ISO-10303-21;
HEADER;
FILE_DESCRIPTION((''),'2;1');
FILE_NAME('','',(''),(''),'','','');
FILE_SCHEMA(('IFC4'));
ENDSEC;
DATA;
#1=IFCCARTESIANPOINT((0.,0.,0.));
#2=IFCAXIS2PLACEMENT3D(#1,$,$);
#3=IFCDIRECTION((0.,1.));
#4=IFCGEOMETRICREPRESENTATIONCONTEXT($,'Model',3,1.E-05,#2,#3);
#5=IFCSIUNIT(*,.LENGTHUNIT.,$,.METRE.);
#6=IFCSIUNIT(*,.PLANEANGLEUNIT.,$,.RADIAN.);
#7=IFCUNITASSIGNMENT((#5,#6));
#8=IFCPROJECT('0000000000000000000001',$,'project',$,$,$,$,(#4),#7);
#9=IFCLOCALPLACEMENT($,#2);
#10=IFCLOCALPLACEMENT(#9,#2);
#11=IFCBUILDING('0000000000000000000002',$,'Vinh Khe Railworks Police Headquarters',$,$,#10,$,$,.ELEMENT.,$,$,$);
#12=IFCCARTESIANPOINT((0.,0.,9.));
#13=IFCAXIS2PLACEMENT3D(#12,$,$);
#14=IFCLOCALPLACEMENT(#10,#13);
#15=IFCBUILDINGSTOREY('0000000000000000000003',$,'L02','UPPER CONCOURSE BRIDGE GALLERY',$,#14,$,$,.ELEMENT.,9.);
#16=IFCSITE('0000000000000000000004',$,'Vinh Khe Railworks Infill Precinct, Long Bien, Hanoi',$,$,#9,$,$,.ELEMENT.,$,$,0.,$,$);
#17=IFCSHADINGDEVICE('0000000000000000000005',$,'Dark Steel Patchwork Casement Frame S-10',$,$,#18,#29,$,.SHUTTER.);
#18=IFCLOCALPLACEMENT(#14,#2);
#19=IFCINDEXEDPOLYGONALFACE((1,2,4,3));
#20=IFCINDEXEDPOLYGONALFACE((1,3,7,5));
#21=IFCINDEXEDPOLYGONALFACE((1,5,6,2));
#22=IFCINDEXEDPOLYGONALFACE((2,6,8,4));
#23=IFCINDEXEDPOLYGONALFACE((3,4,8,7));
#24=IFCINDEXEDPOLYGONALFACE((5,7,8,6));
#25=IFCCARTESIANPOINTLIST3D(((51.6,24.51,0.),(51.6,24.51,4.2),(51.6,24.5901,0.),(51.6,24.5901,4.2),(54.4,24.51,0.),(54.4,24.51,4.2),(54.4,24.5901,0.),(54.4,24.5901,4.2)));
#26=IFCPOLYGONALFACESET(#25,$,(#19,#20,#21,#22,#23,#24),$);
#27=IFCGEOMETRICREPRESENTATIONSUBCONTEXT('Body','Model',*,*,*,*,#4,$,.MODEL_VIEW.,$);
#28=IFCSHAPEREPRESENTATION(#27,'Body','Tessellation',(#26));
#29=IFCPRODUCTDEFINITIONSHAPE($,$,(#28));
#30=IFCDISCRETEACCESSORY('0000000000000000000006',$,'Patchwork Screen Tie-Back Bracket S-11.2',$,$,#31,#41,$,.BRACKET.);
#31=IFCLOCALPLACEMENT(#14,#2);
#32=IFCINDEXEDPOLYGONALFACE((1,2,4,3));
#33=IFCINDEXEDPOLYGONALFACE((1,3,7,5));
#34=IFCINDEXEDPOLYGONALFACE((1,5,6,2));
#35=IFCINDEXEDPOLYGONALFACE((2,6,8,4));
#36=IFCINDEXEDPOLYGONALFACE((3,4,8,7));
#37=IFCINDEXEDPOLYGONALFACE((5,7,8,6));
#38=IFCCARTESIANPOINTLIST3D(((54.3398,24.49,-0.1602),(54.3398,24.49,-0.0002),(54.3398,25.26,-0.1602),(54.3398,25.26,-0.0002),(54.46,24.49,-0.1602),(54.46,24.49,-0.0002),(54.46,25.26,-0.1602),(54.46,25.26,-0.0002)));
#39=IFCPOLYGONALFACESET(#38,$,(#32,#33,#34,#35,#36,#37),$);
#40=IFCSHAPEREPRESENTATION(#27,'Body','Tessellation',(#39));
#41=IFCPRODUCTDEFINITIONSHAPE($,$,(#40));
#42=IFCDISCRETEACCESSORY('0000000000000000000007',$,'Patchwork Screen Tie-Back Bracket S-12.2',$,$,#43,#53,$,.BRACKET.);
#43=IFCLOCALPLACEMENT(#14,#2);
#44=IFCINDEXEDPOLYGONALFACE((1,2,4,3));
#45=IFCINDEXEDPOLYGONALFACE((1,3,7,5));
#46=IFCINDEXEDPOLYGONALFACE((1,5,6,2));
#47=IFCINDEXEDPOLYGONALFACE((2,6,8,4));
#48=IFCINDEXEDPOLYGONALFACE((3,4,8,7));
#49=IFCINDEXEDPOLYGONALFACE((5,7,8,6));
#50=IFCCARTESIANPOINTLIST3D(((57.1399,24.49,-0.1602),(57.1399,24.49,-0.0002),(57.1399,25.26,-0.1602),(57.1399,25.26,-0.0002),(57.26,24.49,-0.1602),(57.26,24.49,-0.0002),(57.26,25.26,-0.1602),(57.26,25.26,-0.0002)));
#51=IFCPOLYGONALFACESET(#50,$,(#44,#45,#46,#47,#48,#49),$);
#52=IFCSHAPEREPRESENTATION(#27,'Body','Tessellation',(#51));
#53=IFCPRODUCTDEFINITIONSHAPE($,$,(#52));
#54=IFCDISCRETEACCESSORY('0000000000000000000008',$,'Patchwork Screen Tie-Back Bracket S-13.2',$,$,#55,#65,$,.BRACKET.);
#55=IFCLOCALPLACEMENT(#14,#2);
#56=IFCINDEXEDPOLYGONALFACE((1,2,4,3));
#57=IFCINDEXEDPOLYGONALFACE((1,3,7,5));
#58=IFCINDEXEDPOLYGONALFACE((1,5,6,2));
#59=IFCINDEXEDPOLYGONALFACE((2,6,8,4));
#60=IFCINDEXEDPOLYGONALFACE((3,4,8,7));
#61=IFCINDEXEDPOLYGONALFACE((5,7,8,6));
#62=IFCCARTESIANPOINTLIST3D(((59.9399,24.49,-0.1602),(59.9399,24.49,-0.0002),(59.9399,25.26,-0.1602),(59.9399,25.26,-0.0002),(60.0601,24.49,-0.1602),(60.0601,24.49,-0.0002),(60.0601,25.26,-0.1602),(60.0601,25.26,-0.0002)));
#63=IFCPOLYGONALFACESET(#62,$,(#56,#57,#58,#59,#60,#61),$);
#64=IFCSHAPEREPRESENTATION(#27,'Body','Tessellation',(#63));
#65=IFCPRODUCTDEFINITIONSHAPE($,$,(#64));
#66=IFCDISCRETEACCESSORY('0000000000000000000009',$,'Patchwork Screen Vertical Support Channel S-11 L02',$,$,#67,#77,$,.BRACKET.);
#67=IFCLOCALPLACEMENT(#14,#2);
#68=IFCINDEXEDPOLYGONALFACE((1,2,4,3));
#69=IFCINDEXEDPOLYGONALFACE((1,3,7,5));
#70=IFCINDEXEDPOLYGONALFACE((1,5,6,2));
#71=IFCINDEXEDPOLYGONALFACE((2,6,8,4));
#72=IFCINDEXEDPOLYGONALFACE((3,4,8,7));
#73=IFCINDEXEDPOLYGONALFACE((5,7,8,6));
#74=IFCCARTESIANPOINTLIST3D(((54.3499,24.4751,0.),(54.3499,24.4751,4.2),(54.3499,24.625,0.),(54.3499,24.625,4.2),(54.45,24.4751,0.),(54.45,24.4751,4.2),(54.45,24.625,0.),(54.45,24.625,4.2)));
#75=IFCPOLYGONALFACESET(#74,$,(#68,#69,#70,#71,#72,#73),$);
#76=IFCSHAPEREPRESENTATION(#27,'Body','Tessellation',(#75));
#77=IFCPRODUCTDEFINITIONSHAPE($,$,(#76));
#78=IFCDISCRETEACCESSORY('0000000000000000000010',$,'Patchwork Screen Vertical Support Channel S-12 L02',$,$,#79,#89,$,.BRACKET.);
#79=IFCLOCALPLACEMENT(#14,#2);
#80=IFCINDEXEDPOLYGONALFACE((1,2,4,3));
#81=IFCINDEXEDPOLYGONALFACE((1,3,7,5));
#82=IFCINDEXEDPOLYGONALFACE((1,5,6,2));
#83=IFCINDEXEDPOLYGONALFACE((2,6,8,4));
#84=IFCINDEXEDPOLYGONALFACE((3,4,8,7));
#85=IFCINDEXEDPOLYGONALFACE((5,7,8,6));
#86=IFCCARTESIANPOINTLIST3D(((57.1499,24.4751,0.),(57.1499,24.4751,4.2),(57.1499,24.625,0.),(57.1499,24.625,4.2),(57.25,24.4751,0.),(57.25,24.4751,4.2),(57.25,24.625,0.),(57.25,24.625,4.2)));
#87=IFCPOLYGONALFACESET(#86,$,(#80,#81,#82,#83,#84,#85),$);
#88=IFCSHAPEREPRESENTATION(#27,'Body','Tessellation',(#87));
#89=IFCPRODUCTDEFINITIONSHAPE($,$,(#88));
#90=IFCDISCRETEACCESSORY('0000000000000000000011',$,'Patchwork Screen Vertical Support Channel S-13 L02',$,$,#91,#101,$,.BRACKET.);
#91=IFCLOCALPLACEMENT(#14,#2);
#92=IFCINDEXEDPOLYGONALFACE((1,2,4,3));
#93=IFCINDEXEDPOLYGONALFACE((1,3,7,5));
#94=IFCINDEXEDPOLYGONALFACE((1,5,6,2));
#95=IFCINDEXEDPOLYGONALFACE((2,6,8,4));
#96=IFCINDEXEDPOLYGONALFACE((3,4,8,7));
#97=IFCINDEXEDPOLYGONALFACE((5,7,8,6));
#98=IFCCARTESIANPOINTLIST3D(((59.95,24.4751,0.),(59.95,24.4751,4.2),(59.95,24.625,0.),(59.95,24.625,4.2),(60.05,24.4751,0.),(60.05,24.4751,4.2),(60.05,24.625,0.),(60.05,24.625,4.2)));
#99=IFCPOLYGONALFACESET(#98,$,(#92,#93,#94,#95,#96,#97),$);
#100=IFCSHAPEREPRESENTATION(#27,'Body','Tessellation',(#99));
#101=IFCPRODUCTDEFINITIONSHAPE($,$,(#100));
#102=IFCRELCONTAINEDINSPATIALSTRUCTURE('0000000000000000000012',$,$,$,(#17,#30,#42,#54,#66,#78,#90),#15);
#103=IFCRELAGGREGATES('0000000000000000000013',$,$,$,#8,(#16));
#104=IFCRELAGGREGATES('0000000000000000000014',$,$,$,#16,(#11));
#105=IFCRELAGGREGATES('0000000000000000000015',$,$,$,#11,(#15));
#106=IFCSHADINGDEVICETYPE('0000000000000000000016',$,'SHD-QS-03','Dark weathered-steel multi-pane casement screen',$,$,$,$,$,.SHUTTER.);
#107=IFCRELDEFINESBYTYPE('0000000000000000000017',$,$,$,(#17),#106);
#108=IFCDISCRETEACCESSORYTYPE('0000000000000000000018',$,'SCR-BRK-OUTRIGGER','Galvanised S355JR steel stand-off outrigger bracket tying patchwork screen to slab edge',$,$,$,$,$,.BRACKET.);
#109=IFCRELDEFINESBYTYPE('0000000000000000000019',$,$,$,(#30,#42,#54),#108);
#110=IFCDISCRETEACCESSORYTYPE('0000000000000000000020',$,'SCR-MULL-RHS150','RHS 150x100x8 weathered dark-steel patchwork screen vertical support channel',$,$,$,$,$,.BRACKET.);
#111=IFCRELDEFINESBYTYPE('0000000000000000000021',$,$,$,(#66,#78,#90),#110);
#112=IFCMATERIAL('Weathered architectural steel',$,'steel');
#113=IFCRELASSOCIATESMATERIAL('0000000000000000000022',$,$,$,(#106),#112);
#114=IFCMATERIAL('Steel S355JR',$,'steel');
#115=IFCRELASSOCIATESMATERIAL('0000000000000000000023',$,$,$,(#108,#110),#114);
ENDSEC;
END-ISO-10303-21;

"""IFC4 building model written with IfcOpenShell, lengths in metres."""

from ifc_helpers import new_model, si_unit, direction, frame, origin, origin_2d, place, context, subcontext, project, spatial, rectangle, extrude, material, type_object, element, save


model = new_model("IFC4")

# Units and contexts
model_context = context("Model", 3, precision=1e-05, world=origin(), true_north=direction((0.0, 1.0)))
body_context = subcontext(model_context, "Body", "Model", "MODEL_VIEW")
ifc_project = project(units=[si_unit("LENGTHUNIT", "METRE"), si_unit("PLANEANGLEUNIT", "RADIAN")], contexts=[model_context])

# Site, building, storey
site_placement = place(None, origin())
site = spatial("IfcSite", under=ifc_project, at=site_placement, Name="Vinh Khe Railworks Infill Precinct, Long Bien, Hanoi", CompositionType="ELEMENT", RefElevation=0.0)
building_placement = place(site_placement, origin())
building = spatial("IfcBuilding", under=site, at=building_placement, Name="Vinh Khe Railworks Police Headquarters", CompositionType="ELEMENT")
storey_placement = place(building_placement, frame((0.0, 0.0, 9.0)))
storey = spatial("IfcBuildingStorey", under=building, at=storey_placement, Name="L02", Description="UPPER CONCOURSE BRIDGE GALLERY", CompositionType="ELEMENT", Elevation=9.0)

# Shared definitions
ifc_material_1 = material(Name="Steel S355JR", Category="steel")

# Shading device
ifc_material_2 = material(Name="Weathered architectural steel", Category="steel")
shading_device_type_1 = type_object("IfcShadingDeviceType", Name="SHD-QS-03", Description="Dark weathered-steel multi-pane casement screen", PredefinedType="SHUTTER", material=ifc_material_2)
shading_device_1_placement = place(storey_placement, frame((53.0, 24.55, 0.0), z_axis=(0.0, 0.0, 1.0), x_axis=(1.0, 0.0, 0.0)))
element("IfcShadingDevice", 1, at=shading_device_1_placement, inside=storey, type_object=shading_device_type_1, Name="Dark Steel Patchwork Casement Frame S-10", PredefinedType="SHUTTER", context=body_context, shape_type="SweptSolid", body=[
    extrude(rectangle(XDim=2.8, YDim=0.0801, at=origin_2d()), origin(), (0.0, 0.0, 1.0), 4.2),
])

# Discrete accessories
discrete_accessory_type_1 = type_object("IfcDiscreteAccessoryType", Name="SCR-BRK-OUTRIGGER", Description="Galvanised S355JR steel stand-off outrigger bracket tying patchwork screen to slab edge", PredefinedType="BRACKET", material=ifc_material_1)
for number, where, z_axis, x_axis, name in (
    (2, (54.3999, 24.875, -0.1602), (0.0, 0.0, 1.0), (1.0, 0.0, 0.0), "Patchwork Screen Tie-Back Bracket S-11.2"),
    (3, (57.2, 24.875, -0.1602), (0.0, 0.0, 1.0), (1.0, 0.0, 0.0), "Patchwork Screen Tie-Back Bracket S-12.2"),
    (4, (60.0, 24.875, -0.1602), (0.0, 0.0, 1.0), (1.0, 0.0, 0.0), "Patchwork Screen Tie-Back Bracket S-13.2"),
):
    element("IfcDiscreteAccessory", number, at=place(storey_placement, frame(where, z_axis=z_axis, x_axis=x_axis)), inside=storey, type_object=discrete_accessory_type_1, Name=name, PredefinedType="BRACKET", context=body_context, shape_type="SweptSolid", body=[
        extrude(rectangle(XDim=0.1201, YDim=0.77, at=origin_2d()), origin(), (0.0, 0.0, 1.0), 0.1599),
    ])
discrete_accessory_type_2 = type_object("IfcDiscreteAccessoryType", Name="SCR-MULL-RHS150", Description="RHS 150x100x8 weathered dark-steel patchwork screen vertical support channel", PredefinedType="BRACKET", material=ifc_material_1)
for number, where, z_axis, x_axis, name in (
    (5, (54.3999, 24.55, 0.0), (0.0, 0.0, 1.0), (1.0, 0.0, 0.0), "Patchwork Screen Vertical Support Channel S-11 L02"),
    (6, (57.2, 24.55, 0.0), (0.0, 0.0, 1.0), (1.0, 0.0, 0.0), "Patchwork Screen Vertical Support Channel S-12 L02"),
    (7, (60.0, 24.55, 0.0), (0.0, 0.0, 1.0), (1.0, 0.0, 0.0), "Patchwork Screen Vertical Support Channel S-13 L02"),
):
    element("IfcDiscreteAccessory", number, at=place(storey_placement, frame(where, z_axis=z_axis, x_axis=x_axis)), inside=storey, type_object=discrete_accessory_type_2, Name=name, PredefinedType="BRACKET", context=body_context, shape_type="SweptSolid", body=[
        extrude(rectangle(XDim=0.1001, YDim=0.1499, at=origin_2d()), origin(), (0.0, 0.0, 1.0), 4.2),
    ])

save(model, "model.ifc")
